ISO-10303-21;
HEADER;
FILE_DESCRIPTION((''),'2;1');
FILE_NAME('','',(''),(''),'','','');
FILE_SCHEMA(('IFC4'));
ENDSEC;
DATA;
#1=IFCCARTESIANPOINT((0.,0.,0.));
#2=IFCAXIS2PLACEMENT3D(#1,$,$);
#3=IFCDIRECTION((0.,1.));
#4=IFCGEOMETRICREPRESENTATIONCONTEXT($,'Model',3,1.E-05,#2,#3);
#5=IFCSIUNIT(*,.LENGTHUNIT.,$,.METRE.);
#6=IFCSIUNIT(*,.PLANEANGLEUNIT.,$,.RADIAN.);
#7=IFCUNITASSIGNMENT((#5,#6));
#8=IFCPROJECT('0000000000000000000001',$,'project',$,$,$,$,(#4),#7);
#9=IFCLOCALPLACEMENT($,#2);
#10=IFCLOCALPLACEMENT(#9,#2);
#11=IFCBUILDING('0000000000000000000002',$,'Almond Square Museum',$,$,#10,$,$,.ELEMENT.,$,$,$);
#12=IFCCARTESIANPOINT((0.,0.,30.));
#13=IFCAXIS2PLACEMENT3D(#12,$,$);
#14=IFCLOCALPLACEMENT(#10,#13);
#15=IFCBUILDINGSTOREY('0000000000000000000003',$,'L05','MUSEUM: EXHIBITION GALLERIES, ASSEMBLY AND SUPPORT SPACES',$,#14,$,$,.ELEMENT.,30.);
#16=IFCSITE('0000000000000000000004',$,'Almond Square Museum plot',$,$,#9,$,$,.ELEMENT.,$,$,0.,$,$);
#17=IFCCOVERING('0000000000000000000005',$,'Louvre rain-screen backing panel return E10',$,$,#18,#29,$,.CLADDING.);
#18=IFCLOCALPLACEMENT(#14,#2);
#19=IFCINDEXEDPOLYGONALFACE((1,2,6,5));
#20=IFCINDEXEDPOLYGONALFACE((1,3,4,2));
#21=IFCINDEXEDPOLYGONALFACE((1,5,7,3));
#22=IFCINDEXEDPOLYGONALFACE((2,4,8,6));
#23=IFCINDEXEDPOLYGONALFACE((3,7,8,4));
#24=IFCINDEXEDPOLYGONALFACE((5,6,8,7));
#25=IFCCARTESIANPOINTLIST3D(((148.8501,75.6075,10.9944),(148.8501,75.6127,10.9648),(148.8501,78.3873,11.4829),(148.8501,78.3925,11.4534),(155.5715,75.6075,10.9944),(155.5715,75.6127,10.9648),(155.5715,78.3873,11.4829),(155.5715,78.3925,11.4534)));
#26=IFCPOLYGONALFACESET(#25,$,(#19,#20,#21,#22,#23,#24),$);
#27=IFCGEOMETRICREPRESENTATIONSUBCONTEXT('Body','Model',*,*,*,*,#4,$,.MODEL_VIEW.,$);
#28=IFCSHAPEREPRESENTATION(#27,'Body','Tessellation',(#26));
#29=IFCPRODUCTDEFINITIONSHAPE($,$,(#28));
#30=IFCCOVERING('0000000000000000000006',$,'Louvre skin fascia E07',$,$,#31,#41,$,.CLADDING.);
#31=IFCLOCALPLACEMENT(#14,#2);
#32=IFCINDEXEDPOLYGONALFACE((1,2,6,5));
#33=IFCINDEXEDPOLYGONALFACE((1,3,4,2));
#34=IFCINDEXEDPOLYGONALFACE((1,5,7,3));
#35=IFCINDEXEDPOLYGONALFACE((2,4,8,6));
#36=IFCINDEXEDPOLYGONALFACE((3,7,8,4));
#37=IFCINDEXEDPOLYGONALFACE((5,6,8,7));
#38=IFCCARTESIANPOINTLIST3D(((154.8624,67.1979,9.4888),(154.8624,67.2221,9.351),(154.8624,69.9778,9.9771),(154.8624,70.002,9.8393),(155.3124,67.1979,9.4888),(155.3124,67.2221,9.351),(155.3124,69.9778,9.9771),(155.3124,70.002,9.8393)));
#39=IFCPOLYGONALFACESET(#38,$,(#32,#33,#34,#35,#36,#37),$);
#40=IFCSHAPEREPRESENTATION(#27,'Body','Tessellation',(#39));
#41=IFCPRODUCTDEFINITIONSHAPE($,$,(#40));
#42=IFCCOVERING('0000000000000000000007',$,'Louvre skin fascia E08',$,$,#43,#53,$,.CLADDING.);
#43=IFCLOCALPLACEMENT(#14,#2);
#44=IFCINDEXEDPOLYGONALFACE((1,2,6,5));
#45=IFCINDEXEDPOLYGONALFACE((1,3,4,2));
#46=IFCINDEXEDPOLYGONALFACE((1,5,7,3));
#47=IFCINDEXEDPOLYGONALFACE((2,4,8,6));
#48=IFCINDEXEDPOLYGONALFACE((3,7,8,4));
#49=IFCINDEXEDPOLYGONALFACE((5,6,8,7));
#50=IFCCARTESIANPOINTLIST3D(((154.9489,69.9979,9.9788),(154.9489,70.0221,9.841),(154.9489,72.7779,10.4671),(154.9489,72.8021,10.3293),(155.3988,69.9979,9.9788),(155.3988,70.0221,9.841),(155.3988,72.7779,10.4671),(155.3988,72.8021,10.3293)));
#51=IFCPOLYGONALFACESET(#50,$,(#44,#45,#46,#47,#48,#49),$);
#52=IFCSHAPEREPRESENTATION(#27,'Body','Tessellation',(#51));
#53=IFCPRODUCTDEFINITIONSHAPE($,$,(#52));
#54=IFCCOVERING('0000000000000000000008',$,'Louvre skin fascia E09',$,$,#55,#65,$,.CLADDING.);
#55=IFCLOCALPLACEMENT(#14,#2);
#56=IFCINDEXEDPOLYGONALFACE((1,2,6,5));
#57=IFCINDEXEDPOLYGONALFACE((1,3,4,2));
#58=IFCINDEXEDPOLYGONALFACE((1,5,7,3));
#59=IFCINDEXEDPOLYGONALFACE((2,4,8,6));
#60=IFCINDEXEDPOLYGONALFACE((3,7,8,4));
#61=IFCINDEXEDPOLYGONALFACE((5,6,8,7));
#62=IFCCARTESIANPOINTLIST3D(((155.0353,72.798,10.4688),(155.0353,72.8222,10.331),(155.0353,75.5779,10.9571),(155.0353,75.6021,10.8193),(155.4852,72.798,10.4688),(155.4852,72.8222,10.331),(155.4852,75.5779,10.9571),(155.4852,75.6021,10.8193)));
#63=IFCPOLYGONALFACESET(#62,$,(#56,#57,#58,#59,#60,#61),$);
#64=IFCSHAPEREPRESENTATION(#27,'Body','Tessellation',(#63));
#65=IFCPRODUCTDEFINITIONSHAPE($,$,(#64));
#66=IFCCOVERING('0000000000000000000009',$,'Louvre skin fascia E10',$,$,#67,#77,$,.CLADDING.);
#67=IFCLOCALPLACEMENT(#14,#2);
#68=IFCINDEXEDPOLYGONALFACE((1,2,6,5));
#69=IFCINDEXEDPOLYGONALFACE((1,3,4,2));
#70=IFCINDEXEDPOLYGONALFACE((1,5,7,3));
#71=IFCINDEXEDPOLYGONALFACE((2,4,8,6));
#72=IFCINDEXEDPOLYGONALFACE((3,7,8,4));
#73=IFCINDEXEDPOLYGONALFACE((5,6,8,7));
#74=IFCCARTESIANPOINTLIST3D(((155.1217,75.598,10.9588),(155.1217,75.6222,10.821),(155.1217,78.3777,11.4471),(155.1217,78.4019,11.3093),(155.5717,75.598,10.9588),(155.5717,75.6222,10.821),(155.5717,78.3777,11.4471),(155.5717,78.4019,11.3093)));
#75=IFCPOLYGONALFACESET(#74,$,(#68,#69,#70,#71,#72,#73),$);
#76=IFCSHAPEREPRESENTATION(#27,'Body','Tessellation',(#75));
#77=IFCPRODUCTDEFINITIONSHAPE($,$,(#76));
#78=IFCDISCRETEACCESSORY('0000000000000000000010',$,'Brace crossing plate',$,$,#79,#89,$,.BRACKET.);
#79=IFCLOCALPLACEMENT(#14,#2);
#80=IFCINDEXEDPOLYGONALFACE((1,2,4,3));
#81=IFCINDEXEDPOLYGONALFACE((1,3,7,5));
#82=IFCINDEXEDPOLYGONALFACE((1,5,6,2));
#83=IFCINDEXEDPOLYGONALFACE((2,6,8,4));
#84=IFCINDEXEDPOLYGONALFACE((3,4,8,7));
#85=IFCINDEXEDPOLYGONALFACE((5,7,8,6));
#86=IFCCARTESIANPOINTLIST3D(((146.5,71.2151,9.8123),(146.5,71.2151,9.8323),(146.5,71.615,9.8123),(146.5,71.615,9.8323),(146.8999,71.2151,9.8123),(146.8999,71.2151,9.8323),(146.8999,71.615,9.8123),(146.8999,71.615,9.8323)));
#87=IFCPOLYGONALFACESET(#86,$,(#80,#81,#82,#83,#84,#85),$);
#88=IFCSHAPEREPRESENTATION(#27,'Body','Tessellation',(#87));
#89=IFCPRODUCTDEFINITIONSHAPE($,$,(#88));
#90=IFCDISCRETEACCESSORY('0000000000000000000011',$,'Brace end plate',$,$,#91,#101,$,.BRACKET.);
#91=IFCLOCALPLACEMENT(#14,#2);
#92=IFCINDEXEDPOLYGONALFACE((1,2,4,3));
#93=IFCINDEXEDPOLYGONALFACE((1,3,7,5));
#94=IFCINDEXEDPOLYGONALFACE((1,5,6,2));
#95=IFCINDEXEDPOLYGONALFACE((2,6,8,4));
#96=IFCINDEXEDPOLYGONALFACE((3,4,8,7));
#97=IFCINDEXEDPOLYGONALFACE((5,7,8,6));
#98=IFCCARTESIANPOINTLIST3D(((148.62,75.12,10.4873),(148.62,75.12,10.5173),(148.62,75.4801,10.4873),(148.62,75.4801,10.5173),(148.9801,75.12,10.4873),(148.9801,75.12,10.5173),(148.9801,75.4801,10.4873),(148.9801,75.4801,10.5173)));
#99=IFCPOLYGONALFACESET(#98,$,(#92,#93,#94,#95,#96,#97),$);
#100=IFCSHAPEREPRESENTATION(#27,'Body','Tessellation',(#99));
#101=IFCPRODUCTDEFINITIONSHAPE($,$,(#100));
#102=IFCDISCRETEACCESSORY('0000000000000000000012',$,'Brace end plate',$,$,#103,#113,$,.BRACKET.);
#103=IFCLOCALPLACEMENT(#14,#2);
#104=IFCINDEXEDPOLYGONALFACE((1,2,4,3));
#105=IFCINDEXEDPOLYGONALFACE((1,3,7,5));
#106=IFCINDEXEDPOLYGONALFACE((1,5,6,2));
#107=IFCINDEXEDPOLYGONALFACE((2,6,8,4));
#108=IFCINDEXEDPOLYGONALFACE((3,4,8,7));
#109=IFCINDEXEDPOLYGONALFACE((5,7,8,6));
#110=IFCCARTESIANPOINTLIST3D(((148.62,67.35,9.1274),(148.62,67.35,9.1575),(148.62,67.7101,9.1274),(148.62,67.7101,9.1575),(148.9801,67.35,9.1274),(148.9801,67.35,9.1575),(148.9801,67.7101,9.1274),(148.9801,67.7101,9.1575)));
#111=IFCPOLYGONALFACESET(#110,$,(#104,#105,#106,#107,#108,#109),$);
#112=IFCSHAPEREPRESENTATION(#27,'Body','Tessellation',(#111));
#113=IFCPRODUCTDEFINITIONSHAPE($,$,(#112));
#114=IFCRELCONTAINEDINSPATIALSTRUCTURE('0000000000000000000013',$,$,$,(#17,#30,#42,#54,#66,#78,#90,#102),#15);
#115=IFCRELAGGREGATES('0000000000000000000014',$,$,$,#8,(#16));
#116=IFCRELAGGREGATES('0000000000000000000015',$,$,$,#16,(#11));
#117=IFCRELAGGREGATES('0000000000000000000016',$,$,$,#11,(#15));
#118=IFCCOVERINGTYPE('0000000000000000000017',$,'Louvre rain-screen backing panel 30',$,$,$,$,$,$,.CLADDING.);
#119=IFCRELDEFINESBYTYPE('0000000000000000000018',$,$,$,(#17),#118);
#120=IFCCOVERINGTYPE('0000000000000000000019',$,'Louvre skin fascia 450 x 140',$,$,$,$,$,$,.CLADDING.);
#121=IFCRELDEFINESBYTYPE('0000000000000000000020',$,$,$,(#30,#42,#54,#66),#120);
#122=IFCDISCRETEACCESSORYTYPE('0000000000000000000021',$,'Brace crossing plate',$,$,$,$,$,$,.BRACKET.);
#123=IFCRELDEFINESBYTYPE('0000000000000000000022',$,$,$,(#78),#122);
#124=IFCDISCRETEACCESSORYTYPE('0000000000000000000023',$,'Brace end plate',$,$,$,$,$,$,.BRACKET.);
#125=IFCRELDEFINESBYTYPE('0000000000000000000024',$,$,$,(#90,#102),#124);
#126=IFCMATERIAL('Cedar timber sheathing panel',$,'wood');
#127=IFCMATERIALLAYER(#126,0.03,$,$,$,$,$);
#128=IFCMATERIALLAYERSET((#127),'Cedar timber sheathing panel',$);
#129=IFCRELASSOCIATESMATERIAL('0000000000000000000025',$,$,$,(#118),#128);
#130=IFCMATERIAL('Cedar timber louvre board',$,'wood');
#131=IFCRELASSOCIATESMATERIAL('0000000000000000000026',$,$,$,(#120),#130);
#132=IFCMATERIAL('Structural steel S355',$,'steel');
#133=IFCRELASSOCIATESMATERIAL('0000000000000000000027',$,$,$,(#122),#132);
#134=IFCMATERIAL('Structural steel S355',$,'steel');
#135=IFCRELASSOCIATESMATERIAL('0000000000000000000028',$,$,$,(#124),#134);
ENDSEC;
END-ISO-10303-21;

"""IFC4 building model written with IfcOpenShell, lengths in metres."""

from ifc_helpers import new_model, si_unit, direction, frame, origin, origin_2d, place, context, subcontext, project, spatial, polyline, rectangle, outline, extrude, material, layer, layer_set, material_profile, profile_set, type_object, element, save


model = new_model("IFC4")

# Units and contexts
model_context = context("Model", 3, precision=1e-05, world=origin(), true_north=direction((0.0, 1.0)))
body_context = subcontext(model_context, "Body", "Model", "MODEL_VIEW")
ifc_project = project(units=[si_unit("LENGTHUNIT", "METRE"), si_unit("PLANEANGLEUNIT", "RADIAN")], contexts=[model_context])

# Site, building, storey
site_placement = place(None, origin())
site = spatial("IfcSite", under=ifc_project, at=site_placement, Name="Almond Square Museum plot", CompositionType="ELEMENT", RefElevation=0.0)
building_placement = place(site_placement, origin())
building = spatial("IfcBuilding", under=site, at=building_placement, Name="Almond Square Museum", CompositionType="ELEMENT")
storey_placement = place(building_placement, frame((0.0, 0.0, 30.0)))
storey = spatial("IfcBuildingStorey", under=building, at=storey_placement, Name="L05", Description="MUSEUM: EXHIBITION GALLERIES, ASSEMBLY AND SUPPORT SPACES", CompositionType="ELEMENT", Elevation=30.0)

# Coverings
ifc_material_1 = material(Name="Cedar timber sheathing panel", Category="wood")
ifc_layer_1 = layer(ifc_material_1, 0.03)
ifc_layer_set_1 = layer_set([ifc_layer_1], Name="Cedar timber sheathing panel")
covering_type_1 = type_object("IfcCoveringType", Name="Louvre rain-screen backing panel 30", PredefinedType="CLADDING", material=ifc_layer_set_1)
covering_1_placement = place(storey_placement, frame((148.8501, 75.6101, 10.9797), z_axis=(0.0, -0.17309, 0.984906), x_axis=(1.0, 0.0, 0.0)))
element("IfcCovering", 1, at=covering_1_placement, inside=storey, type_object=covering_type_1, Name="Louvre rain-screen backing panel return E10", PredefinedType="CLADDING", context=body_context, shape_type="SweptSolid", body=[
    extrude(outline(polyline([(0.0, 0.0), (6.7214, 0.0), (6.7214, 2.8224), (0.0, 2.8224), (0.0, 0.0)])), frame((0.0, 0.0, -0.0151)), (0.0, 0.0, 1.0), 0.03),
])
ifc_material_2 = material(Name="Cedar timber louvre board", Category="wood")
ifc_material_profile_1 = material_profile(ifc_material_2, rectangle(XDim=0.45, YDim=0.1399, at=origin_2d()))
ifc_profile_set_1 = profile_set([ifc_material_profile_1], Name="Cedar timber louvre board")
covering_type_2 = type_object("IfcCoveringType", Name="Louvre skin fascia 450 x 140", PredefinedType="CLADDING", material=ifc_profile_set_1)
for number, where, z_axis, x_axis, name in (
    (2, (155.0874, 67.21, 9.4199), (0.0, 0.984923, 0.172991), (-1.0, 0.0, 0.0), "Louvre skin fascia E07"),
    (3, (155.1738, 70.01, 9.9099), (0.0, 0.984923, 0.172991), (-1.0, 0.0, 0.0), "Louvre skin fascia E08"),
    (4, (155.2603, 72.8101, 10.3999), (0.0, 0.984923, 0.172991), (-1.0, 0.0, 0.0), "Louvre skin fascia E09"),
):
    element("IfcCovering", number, at=place(storey_placement, frame(where, z_axis=z_axis, x_axis=x_axis)), inside=storey, type_object=covering_type_2, Name=name, PredefinedType="CLADDING", context=body_context, shape_type="SweptSolid", body=[
        extrude(rectangle(XDim=0.45, YDim=0.1399, at=origin_2d()), origin(), (0.0, 0.0, 1.0), 2.8225),
    ])
covering_2_placement = place(storey_placement, frame((155.3467, 75.6101, 10.8899), z_axis=(0.0, 0.984921, 0.173006), x_axis=(-1.0, 0.0, 0.0)))
element("IfcCovering", 5, at=covering_2_placement, inside=storey, type_object=covering_type_2, Name="Louvre skin fascia E10", PredefinedType="CLADDING", context=body_context, shape_type="SweptSolid", body=[
    extrude(rectangle(XDim=0.45, YDim=0.1399, at=origin_2d()), origin(), (0.0, 0.0, 1.0), 2.8223),
])

# Discrete accessories
ifc_material_3 = material(Name="Structural steel S355", Category="steel")
discrete_accessory_type_1 = type_object("IfcDiscreteAccessoryType", Name="Brace crossing plate", PredefinedType="BRACKET", material=ifc_material_3)
discrete_accessory_placement = place(storey_placement, frame((146.7, 71.415, 9.8123), z_axis=(0.0, 0.0, 1.0), x_axis=(1.0, 0.0, 0.0)))
element("IfcDiscreteAccessory", 6, at=discrete_accessory_placement, inside=storey, type_object=discrete_accessory_type_1, Name="Brace crossing plate", PredefinedType="BRACKET", context=body_context, shape_type="SweptSolid", body=[
    extrude(rectangle(XDim=0.3999, YDim=0.3999, at=origin_2d()), origin(), (0.0, 0.0, 1.0), 0.02),
])
ifc_material_4 = material(Name="Structural steel S355", Category="steel")
discrete_accessory_type_2 = type_object("IfcDiscreteAccessoryType", Name="Brace end plate", PredefinedType="BRACKET", material=ifc_material_4)
for number, where, z_axis, x_axis, name in (
    (7, (148.8, 75.3, 10.4873), (0.0, 0.0, 1.0), (1.0, 0.0, 0.0), "Brace end plate"),
    (8, (148.8, 67.53, 9.1274), (0.0, 0.0, 1.0), (1.0, 0.0, 0.0), "Brace end plate"),
):
    element("IfcDiscreteAccessory", number, at=place(storey_placement, frame(where, z_axis=z_axis, x_axis=x_axis)), inside=storey, type_object=discrete_accessory_type_2, Name=name, PredefinedType="BRACKET", context=body_context, shape_type="SweptSolid", body=[
        extrude(rectangle(XDim=0.3601, YDim=0.3601, at=origin_2d()), origin(), (0.0, 0.0, 1.0), 0.03),
    ])

save(model, "model.ifc")
